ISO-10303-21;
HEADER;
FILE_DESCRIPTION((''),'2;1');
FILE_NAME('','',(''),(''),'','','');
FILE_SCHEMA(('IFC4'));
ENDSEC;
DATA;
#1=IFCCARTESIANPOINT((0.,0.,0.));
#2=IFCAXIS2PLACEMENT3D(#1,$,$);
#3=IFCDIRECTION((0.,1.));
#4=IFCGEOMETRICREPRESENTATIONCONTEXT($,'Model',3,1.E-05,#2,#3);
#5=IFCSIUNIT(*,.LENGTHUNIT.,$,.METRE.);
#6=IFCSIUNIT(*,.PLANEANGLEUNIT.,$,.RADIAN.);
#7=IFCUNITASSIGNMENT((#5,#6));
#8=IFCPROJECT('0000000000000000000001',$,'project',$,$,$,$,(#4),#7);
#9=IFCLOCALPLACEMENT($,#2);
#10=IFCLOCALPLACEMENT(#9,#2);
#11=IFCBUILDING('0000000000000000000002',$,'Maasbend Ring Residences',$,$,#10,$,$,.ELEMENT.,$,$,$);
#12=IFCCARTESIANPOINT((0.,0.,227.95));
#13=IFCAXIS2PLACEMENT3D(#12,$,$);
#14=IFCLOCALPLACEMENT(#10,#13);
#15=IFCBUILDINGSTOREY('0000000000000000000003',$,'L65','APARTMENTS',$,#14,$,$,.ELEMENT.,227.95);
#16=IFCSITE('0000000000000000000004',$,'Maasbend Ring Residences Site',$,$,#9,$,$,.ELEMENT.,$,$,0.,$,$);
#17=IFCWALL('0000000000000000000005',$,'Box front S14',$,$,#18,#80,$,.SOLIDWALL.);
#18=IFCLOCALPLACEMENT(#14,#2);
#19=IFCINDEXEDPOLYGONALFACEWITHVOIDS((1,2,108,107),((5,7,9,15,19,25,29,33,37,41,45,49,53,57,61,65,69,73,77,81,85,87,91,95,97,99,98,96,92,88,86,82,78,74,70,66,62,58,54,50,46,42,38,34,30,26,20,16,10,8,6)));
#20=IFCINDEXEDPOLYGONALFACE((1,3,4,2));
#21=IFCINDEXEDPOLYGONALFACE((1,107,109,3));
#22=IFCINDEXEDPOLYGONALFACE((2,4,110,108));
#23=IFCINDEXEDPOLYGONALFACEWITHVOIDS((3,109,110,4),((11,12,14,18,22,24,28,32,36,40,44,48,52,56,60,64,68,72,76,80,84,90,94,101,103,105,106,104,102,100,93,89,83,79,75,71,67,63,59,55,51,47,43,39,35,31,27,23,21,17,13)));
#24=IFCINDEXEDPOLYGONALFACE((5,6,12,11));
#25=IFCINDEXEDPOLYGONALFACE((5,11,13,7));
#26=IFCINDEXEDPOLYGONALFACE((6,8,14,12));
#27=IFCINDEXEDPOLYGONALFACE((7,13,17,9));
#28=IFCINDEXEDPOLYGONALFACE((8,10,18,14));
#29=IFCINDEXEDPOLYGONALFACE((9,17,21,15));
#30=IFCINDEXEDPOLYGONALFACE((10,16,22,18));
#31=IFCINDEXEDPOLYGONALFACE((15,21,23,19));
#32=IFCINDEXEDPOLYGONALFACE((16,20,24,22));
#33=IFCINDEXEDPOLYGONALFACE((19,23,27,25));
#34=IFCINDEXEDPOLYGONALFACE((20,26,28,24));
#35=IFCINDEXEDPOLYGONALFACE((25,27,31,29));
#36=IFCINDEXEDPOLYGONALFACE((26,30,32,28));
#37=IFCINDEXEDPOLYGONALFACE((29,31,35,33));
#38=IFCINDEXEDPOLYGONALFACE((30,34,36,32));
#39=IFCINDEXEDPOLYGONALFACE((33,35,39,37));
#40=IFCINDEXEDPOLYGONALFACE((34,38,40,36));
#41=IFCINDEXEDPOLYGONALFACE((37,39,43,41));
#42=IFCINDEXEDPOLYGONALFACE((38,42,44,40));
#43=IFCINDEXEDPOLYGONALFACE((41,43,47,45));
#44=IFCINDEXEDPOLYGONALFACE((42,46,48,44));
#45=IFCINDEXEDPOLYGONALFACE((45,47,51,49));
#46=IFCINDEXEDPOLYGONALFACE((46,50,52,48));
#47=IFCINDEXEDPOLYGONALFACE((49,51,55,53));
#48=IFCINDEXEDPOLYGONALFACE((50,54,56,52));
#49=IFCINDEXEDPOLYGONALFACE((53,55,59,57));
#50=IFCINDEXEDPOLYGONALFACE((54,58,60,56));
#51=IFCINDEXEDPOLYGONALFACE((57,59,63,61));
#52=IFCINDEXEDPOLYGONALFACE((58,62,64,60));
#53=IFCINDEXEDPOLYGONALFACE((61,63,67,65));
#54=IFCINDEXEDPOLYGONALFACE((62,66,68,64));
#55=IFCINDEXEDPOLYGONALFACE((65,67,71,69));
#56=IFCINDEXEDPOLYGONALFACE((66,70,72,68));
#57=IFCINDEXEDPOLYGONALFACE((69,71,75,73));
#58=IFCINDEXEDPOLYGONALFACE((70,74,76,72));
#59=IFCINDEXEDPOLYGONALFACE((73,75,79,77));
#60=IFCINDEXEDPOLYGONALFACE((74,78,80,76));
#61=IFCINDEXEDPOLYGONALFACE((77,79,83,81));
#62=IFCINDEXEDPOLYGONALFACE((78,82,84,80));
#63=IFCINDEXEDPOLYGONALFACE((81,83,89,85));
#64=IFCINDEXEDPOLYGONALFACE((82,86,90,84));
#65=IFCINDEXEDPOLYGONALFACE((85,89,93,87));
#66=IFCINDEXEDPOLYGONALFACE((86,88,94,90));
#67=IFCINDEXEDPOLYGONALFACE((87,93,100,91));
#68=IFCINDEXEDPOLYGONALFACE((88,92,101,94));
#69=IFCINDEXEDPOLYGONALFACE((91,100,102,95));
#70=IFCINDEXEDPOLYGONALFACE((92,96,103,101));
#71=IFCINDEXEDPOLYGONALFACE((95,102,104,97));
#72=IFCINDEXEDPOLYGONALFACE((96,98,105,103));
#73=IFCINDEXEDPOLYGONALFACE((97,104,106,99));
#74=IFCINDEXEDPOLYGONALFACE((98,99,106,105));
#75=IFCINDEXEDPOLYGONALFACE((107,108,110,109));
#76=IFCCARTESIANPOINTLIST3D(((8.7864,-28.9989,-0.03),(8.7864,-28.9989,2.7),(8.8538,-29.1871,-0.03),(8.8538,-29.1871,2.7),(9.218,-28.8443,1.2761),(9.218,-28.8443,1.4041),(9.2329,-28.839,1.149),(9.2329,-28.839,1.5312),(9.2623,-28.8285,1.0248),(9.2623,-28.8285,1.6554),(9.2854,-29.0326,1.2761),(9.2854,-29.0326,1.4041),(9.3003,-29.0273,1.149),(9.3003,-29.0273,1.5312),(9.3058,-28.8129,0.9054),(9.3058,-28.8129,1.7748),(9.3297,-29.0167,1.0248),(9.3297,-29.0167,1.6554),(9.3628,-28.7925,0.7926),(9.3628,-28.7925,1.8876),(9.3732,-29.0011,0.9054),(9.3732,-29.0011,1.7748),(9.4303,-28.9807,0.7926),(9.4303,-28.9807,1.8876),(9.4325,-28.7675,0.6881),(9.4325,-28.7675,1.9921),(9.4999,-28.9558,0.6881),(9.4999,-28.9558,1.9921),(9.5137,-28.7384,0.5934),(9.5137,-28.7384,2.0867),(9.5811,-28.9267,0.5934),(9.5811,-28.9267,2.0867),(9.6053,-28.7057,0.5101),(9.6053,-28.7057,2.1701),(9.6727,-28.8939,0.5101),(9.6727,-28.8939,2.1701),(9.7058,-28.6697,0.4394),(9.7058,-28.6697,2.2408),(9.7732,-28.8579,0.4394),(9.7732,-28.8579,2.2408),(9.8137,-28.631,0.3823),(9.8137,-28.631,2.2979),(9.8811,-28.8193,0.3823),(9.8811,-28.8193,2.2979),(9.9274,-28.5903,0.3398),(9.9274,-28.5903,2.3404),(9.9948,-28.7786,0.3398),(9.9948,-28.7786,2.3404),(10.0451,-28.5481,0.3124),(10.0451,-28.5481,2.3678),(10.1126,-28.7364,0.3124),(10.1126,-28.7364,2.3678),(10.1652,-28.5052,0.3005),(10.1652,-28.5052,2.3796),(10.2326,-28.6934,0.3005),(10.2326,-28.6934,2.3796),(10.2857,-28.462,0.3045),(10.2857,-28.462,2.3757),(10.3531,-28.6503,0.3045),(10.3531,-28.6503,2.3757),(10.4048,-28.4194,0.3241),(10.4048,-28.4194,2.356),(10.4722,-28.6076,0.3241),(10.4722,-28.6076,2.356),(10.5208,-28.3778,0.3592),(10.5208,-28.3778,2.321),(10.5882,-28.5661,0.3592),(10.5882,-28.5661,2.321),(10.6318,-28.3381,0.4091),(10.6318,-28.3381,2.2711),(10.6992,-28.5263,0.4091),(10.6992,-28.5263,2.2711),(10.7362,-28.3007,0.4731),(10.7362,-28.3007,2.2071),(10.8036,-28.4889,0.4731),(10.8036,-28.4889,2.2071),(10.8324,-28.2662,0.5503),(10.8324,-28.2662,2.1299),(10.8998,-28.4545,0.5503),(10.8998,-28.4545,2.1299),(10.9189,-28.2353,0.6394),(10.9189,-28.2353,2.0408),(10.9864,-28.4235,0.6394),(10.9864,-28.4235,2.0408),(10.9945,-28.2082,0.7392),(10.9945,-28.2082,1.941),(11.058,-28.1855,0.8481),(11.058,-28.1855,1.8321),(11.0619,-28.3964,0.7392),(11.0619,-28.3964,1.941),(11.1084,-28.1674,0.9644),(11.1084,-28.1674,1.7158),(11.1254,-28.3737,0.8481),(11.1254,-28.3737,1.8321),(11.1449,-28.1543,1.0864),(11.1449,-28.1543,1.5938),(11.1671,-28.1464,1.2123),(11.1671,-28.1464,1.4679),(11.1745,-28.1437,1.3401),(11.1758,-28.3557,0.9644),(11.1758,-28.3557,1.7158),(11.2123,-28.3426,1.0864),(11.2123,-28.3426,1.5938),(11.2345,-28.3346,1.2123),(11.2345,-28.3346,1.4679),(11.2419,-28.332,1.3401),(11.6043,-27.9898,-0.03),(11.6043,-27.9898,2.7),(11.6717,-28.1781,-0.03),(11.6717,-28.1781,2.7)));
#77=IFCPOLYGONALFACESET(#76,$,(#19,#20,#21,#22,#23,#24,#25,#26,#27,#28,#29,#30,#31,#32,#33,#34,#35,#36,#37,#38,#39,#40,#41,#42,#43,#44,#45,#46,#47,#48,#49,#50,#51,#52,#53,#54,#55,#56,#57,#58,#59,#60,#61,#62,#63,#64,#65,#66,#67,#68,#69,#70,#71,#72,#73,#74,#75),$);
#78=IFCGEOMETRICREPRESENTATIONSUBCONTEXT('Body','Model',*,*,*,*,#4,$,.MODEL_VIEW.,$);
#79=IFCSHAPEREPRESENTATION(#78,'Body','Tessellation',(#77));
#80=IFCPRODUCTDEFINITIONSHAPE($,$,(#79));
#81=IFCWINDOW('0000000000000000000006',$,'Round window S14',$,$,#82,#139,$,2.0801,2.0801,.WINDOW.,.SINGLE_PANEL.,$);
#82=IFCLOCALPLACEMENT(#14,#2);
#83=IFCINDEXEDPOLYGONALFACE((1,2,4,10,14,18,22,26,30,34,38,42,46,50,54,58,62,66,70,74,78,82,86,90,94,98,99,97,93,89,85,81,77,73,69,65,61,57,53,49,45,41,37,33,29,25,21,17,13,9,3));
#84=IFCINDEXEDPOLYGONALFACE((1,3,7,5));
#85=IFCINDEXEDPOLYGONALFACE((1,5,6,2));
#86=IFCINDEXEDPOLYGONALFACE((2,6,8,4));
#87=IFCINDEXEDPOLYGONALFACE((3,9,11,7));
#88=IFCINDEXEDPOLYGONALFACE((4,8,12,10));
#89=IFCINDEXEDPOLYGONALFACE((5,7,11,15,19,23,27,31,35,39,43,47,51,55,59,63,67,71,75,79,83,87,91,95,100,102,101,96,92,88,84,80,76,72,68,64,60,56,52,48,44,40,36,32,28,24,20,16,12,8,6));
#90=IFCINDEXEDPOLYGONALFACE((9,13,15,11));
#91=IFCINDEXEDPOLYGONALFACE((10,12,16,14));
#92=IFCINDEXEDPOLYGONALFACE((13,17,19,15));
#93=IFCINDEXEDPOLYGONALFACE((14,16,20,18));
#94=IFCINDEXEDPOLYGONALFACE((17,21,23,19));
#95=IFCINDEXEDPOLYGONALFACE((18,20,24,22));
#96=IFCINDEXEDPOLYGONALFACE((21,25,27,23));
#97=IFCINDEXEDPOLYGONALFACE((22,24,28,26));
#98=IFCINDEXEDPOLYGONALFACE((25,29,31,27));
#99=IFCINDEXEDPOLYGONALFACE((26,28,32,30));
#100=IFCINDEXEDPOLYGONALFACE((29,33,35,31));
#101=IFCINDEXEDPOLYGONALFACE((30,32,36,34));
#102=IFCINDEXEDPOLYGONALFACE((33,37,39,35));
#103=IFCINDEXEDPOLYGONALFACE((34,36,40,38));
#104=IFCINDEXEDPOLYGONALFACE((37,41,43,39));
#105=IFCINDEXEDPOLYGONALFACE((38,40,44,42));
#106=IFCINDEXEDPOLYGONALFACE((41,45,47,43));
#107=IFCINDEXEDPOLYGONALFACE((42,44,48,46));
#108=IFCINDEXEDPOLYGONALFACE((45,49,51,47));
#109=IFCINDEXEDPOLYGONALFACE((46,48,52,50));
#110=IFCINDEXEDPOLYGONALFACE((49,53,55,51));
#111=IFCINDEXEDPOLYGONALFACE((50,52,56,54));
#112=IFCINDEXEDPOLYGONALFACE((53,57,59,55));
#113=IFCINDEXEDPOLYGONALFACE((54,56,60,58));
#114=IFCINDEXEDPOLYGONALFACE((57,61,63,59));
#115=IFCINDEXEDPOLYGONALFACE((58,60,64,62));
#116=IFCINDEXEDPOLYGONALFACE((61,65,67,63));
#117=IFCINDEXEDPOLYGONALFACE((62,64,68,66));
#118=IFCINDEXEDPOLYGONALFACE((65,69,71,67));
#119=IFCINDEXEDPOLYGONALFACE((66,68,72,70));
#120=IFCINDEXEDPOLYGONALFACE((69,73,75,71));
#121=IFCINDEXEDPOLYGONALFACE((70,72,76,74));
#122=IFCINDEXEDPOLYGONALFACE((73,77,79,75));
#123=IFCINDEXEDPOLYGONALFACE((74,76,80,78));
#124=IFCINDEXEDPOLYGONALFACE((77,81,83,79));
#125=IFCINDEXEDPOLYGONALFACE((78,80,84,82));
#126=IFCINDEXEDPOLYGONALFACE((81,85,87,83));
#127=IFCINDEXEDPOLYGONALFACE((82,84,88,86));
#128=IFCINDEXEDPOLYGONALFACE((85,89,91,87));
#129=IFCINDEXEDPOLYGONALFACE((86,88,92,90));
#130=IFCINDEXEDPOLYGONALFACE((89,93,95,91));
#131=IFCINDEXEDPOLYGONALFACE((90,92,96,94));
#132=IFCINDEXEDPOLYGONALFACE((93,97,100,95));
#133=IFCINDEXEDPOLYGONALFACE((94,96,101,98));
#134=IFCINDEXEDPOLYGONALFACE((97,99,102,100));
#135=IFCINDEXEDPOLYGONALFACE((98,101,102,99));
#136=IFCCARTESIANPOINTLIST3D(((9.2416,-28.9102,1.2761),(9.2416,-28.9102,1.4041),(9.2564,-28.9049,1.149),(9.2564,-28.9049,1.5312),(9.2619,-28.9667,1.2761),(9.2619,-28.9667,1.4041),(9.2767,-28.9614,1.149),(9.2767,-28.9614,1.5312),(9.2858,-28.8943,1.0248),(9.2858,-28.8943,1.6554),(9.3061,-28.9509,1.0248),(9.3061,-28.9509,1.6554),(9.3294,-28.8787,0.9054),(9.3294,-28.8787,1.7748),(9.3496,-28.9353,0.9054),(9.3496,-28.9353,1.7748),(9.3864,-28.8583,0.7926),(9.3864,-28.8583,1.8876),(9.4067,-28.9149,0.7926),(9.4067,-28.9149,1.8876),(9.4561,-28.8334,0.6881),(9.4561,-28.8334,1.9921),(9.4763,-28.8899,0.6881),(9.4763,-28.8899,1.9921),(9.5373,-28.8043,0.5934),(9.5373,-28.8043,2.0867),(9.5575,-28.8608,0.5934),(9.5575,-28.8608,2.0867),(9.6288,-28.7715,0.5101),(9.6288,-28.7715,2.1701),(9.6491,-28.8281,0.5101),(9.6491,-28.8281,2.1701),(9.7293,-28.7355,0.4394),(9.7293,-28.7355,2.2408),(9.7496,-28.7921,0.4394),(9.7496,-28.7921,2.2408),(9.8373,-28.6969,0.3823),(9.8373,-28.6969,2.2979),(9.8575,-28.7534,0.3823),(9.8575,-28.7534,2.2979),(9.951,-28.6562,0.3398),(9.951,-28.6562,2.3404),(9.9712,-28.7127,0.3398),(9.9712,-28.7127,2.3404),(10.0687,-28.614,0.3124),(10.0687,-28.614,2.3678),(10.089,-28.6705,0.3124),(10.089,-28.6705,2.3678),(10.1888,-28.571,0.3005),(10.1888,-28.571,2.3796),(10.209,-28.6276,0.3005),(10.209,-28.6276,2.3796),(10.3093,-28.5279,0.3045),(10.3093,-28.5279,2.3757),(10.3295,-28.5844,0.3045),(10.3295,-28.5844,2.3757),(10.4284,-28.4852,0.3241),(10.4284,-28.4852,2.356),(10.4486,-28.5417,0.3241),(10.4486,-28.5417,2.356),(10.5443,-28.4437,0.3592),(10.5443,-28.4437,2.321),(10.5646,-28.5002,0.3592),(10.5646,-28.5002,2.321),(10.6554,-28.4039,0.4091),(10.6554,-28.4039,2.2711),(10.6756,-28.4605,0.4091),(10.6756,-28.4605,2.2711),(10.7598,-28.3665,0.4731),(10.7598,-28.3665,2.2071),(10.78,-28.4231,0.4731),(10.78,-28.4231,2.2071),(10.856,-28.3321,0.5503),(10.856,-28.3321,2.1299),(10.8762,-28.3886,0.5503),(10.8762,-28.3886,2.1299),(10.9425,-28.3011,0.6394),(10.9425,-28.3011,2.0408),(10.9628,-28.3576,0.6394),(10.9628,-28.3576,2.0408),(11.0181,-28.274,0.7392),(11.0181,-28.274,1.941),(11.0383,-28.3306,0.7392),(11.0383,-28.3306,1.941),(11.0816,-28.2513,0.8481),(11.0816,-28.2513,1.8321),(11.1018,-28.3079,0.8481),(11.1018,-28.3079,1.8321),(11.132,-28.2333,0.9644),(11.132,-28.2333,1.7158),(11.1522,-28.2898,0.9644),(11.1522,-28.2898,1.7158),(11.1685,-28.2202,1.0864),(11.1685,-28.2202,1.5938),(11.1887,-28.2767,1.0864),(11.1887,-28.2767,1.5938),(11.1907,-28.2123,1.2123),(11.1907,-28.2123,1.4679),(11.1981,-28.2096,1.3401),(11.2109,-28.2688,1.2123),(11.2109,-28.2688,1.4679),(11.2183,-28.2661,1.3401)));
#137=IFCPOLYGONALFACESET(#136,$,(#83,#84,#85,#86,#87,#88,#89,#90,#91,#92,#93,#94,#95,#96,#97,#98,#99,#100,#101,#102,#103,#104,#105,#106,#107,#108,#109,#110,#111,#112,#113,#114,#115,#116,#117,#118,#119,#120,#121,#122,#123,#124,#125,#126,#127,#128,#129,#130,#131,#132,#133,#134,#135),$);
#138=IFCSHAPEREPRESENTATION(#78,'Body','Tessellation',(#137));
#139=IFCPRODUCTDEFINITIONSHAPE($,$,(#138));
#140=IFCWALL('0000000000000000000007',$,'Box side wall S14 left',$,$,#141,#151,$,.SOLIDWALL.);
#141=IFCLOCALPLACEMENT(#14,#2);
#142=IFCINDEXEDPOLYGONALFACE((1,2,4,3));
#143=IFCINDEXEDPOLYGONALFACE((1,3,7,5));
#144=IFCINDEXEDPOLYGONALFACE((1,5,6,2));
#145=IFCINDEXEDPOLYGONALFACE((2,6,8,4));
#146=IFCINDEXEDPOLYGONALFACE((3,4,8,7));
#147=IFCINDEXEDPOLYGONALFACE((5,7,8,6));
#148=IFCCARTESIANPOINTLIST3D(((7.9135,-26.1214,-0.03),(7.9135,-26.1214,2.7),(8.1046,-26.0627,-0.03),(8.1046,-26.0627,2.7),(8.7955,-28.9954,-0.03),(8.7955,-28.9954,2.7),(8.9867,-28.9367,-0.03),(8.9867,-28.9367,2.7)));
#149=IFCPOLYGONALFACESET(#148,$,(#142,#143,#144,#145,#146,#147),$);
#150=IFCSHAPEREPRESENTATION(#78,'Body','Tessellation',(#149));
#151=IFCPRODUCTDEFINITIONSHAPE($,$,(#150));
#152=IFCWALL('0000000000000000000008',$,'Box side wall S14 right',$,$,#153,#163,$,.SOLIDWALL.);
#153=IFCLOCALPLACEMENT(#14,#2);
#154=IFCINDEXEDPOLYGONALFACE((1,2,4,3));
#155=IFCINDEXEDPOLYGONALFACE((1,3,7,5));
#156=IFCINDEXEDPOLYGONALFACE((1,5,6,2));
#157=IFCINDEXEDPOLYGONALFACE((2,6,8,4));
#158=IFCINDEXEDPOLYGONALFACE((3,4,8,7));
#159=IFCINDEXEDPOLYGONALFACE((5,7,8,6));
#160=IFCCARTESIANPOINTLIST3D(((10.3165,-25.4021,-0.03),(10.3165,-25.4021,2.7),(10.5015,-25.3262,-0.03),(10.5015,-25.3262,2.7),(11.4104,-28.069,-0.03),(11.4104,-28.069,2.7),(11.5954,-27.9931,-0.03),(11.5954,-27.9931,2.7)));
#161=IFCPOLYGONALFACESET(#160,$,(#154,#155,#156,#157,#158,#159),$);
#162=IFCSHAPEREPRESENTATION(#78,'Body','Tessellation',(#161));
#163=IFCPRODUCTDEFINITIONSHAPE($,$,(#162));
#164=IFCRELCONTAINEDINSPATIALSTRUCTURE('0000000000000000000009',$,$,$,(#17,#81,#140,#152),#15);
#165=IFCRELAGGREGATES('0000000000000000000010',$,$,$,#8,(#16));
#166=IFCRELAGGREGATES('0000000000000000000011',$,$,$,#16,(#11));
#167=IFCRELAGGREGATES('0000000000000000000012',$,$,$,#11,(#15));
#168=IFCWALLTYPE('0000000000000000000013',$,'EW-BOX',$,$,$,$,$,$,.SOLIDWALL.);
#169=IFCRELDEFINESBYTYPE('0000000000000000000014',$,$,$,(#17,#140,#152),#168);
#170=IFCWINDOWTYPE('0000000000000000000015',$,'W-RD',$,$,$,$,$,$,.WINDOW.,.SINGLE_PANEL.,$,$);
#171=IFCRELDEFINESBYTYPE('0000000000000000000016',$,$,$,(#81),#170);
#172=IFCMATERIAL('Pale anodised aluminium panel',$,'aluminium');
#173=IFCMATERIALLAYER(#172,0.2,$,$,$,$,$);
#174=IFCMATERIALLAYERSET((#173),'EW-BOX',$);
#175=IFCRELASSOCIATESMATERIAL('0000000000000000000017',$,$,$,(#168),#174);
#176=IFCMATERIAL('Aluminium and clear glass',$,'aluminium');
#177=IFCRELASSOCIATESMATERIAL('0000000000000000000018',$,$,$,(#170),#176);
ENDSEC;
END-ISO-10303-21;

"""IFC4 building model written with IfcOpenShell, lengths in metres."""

from ifc_helpers import new_model, si_unit, direction, frame, frame_2d, origin, place, context, subcontext, project, spatial, rectangle, circle, extrude, material, layer, layer_set, type_object, element, fill, save


model = new_model("IFC4")

# Units and contexts
model_context = context("Model", 3, precision=1e-05, world=origin(), true_north=direction((0.0, 1.0)))
body_context = subcontext(model_context, "Body", "Model", "MODEL_VIEW")
ifc_project = project(units=[si_unit("LENGTHUNIT", "METRE"), si_unit("PLANEANGLEUNIT", "RADIAN")], contexts=[model_context])

# Site, building, storey
site_placement = place(None, origin())
site = spatial("IfcSite", under=ifc_project, at=site_placement, Name="Maasbend Ring Residences Site", CompositionType="ELEMENT", RefElevation=0.0)
building_placement = place(site_placement, origin())
building = spatial("IfcBuilding", under=site, at=building_placement, Name="Maasbend Ring Residences", CompositionType="ELEMENT")
storey_placement = place(building_placement, frame((0.0, 0.0, 227.95)))
storey = spatial("IfcBuildingStorey", under=building, at=storey_placement, Name="L65", Description="APARTMENTS", CompositionType="ELEMENT", Elevation=227.95)

# Shared definitions
ifc_material_1 = material(Name="Pale anodised aluminium panel", Category="aluminium")
ifc_layer_1 = layer(ifc_material_1, 0.2)
ifc_layer_set_1 = layer_set([ifc_layer_1], Name="EW-BOX")
wall_type_1 = type_object("IfcWallType", Name="EW-BOX", PredefinedType="SOLIDWALL", material=ifc_layer_set_1)
ifc_material_2 = material(Name="Aluminium and clear glass", Category="aluminium")
window_type_1 = type_object("IfcWindowType", Name="W-RD", PartitioningType="SINGLE_PANEL", PredefinedType="WINDOW", material=ifc_material_2)

# Wall, opening, window
wall_1_placement = place(storey_placement, frame((8.8201, -29.093, -0.03), z_axis=(0.0, 0.0, 1.0), x_axis=(0.941461, 0.337122, 0.0)))
wall_1 = element("IfcWall", 1, at=wall_1_placement, inside=storey, type_object=wall_type_1, Name="Box front S14", PredefinedType="SOLIDWALL", context=body_context, shape_type="SweptSolid", body=[
    extrude(rectangle(XDim=2.9932, YDim=0.2, at=frame_2d((1.4966, 0.0))), origin(), (0.0, 0.0, 1.0), 2.73),
])
opening_1_placement = place(wall_1_placement, frame((0.4565, 0.0, 0.3301)))
opening_1 = element("IfcOpeningElement", 2, at=opening_1_placement, cuts=wall_1, PredefinedType="OPENING", context=body_context, shape_type="SweptSolid", body=[
    extrude(circle(Radius=1.04, at=frame_2d((1.04, 1.04))), frame((0.0, 0.1099, 0.0), z_axis=(0.0, -1.0, 0.0), x_axis=(1.0, 0.0, 0.0)), (0.0, 0.0, 1.0), 0.22),
])
window_1_placement = place(opening_1_placement, origin())
window_1 = element("IfcWindow", 3, at=window_1_placement, inside=storey, type_object=window_type_1, Name="Round window S14", OverallHeight=2.0801, OverallWidth=2.0801, PartitioningType="SINGLE_PANEL", PredefinedType="WINDOW", context=body_context, shape_type="SweptSolid", body=[
    extrude(circle(Radius=1.04, at=frame_2d((1.04, 1.04))), frame((0.0, 0.03, 0.0), z_axis=(0.0, -1.0, 0.0), x_axis=(1.0, 0.0, 0.0)), (0.0, 0.0, 1.0), 0.0601),
])
fill(opening_1, window_1)

# Walls
wall_2_placement = place(storey_placement, frame((8.009, -26.092, -0.03), z_axis=(0.0, 0.0, 1.0), x_axis=(0.293407, -0.955988, 0.0)))
element("IfcWall", 4, at=wall_2_placement, inside=storey, type_object=wall_type_1, Name="Box side wall S14 left", PredefinedType="SOLIDWALL", context=body_context, shape_type="SweptSolid", body=[
    extrude(rectangle(XDim=3.0063, YDim=0.2, at=frame_2d((1.5032, 0.0))), origin(), (0.0, 0.0, 1.0), 2.73),
])
wall_3_placement = place(storey_placement, frame((10.4089, -25.364, -0.03), z_axis=(0.0, 0.0, 1.0), x_axis=(0.37951, -0.925188, 0.0)))
element("IfcWall", 5, at=wall_3_placement, inside=storey, type_object=wall_type_1, Name="Box side wall S14 right", PredefinedType="SOLIDWALL", context=body_context, shape_type="SweptSolid", body=[
    extrude(rectangle(XDim=2.8826, YDim=0.2, at=frame_2d((1.4414, 0.0))), origin(), (0.0, 0.0, 1.0), 2.73),
])

save(model, "model.ifc")
